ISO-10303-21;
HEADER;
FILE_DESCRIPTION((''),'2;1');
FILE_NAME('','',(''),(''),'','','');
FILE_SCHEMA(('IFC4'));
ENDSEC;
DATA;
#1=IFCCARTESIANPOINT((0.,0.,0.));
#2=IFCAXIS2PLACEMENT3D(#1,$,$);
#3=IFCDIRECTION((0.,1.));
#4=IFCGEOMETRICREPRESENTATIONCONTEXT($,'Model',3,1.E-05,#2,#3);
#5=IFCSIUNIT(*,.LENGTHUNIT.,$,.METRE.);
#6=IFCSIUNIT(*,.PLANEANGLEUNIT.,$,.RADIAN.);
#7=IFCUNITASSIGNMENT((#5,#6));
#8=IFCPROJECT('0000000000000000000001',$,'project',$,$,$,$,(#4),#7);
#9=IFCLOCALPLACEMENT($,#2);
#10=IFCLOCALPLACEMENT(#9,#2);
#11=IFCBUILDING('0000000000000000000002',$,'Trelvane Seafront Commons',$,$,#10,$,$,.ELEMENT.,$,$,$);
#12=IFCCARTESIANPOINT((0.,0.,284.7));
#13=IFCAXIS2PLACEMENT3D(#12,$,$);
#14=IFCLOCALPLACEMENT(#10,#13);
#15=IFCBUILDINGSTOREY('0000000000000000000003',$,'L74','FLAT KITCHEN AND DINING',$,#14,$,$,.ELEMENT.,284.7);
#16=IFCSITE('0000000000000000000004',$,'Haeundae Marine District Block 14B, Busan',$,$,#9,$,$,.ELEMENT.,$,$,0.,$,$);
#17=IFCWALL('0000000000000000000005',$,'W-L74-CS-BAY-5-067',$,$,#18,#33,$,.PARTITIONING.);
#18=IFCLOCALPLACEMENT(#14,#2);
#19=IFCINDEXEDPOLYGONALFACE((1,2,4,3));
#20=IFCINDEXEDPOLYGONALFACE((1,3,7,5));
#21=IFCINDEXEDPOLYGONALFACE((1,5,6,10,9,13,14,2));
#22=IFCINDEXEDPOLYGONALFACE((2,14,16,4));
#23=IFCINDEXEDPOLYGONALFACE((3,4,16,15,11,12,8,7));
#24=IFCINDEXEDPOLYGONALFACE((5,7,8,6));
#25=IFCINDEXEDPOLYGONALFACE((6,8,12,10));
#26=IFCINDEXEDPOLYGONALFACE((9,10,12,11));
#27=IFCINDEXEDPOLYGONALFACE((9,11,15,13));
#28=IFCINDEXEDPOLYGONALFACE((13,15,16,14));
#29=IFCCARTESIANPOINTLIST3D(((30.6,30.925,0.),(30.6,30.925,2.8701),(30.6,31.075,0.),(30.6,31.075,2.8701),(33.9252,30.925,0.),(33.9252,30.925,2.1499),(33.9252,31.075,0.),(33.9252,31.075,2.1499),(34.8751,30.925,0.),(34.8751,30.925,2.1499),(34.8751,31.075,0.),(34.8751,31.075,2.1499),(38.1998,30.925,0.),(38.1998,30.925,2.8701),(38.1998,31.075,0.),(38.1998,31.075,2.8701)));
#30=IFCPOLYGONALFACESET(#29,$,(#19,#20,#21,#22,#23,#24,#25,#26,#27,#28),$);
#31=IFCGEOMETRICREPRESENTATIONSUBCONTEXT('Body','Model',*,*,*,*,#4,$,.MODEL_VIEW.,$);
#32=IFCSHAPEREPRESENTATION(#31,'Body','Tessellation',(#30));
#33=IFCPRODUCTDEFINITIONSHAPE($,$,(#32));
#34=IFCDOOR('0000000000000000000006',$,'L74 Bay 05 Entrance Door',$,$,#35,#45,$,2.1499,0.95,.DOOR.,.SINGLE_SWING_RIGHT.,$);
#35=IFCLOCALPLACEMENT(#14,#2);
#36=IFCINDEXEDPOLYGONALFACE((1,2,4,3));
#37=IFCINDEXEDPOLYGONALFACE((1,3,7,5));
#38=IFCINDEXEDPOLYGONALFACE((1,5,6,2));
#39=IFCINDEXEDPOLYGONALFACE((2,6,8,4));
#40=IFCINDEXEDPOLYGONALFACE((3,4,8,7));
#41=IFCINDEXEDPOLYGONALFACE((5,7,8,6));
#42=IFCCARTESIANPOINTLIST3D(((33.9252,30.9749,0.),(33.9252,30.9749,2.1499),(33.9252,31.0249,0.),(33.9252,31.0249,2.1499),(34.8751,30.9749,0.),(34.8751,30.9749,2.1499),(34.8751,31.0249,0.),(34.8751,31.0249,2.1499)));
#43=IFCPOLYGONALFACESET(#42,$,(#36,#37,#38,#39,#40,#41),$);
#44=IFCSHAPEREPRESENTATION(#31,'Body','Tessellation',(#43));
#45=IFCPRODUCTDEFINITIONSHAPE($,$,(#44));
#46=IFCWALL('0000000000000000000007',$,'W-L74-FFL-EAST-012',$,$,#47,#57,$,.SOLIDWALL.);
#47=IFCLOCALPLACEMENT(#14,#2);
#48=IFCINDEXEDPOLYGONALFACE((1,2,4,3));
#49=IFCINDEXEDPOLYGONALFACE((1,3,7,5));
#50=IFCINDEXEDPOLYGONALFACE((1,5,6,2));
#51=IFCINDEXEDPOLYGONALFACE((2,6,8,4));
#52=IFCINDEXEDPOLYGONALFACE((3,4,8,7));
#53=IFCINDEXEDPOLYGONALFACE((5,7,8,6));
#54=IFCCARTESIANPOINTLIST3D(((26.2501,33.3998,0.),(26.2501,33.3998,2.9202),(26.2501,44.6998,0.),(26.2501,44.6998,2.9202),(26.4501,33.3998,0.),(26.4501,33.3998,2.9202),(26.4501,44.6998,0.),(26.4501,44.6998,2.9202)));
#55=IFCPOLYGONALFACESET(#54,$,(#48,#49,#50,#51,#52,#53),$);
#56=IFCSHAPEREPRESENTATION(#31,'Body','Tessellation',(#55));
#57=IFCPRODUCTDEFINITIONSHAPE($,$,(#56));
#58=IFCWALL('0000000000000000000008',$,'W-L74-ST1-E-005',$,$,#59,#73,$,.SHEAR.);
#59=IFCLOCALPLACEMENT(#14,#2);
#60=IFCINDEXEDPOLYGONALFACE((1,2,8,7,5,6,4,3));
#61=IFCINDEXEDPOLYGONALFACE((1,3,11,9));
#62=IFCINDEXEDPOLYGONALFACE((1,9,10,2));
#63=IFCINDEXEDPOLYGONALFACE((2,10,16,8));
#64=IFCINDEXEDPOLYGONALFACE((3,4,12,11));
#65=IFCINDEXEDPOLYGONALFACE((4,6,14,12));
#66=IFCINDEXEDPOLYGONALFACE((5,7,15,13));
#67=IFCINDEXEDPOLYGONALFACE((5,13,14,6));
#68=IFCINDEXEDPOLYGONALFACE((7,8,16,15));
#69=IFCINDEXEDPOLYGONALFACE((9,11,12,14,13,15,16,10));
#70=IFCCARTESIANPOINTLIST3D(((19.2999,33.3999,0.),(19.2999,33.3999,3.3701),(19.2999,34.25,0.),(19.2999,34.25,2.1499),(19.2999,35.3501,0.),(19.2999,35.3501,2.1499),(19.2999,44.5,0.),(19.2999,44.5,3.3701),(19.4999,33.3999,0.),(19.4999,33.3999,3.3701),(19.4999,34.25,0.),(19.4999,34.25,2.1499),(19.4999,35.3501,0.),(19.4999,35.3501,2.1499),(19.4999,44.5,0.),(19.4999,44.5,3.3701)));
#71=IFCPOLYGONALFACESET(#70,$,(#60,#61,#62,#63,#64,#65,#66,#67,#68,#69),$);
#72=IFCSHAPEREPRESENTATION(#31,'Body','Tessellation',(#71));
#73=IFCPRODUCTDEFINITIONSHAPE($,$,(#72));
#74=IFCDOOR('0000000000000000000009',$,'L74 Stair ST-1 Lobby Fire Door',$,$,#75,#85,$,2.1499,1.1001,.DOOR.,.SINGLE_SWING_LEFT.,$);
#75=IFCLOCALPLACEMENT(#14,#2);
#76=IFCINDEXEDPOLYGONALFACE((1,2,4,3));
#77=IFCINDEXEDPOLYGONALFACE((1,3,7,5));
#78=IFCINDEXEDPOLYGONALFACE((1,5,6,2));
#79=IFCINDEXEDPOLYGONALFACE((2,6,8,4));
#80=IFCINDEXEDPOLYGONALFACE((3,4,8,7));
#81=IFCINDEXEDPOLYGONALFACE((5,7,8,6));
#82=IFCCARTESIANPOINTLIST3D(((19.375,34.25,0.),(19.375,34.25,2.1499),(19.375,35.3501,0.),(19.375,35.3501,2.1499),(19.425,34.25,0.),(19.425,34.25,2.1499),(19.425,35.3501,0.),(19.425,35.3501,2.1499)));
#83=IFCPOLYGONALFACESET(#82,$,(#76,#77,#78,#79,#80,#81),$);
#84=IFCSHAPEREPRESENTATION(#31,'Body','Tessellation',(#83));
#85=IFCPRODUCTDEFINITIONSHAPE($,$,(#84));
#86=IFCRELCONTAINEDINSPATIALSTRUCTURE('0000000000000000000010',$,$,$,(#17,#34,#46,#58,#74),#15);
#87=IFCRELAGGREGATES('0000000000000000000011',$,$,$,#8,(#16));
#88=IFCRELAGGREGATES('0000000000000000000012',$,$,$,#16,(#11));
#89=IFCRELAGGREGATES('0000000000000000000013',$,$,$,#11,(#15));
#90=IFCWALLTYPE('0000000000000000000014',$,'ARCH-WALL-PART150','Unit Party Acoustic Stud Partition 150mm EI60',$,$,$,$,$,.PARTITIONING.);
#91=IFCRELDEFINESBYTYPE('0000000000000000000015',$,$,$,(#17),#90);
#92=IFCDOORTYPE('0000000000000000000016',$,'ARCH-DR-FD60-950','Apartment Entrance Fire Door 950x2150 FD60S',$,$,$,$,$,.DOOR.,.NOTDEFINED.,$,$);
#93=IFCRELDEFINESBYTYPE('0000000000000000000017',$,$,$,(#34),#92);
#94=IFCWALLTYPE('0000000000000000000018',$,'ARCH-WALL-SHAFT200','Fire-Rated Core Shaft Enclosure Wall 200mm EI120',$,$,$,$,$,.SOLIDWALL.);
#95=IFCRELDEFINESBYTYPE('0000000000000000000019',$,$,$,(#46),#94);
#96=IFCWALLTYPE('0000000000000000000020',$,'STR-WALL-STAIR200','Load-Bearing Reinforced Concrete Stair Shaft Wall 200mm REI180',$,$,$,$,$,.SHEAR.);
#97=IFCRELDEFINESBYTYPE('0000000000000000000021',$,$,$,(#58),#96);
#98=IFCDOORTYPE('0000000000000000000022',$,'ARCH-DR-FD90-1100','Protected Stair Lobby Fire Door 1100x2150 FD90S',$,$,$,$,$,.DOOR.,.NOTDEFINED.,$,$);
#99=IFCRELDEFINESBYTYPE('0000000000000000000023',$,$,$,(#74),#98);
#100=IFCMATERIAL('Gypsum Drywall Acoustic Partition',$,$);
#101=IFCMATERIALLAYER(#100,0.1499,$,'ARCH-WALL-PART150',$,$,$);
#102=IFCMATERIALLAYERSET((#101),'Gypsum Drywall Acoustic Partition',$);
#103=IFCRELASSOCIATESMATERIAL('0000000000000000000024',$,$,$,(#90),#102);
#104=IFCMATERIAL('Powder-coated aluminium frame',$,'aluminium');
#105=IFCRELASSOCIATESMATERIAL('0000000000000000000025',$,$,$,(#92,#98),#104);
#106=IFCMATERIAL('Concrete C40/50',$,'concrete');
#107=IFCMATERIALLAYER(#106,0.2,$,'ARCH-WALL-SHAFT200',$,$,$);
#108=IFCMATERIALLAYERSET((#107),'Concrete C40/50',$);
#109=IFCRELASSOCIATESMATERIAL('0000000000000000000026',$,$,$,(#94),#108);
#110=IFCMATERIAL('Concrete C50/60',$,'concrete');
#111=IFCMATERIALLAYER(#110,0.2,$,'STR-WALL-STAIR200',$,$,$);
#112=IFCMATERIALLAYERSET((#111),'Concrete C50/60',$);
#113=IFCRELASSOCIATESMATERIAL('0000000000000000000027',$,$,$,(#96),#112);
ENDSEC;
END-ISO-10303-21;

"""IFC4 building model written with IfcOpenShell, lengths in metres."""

from ifc_helpers import new_model, si_unit, direction, frame, frame_2d, origin, place, context, subcontext, project, spatial, rectangle, extrude, source, transform, mapped, material, layer, layer_set, type_object, element, fill, save


model = new_model("IFC4")

# Units and contexts
model_context = context("Model", 3, precision=1e-05, world=origin(), true_north=direction((0.0, 1.0)))
body_context = subcontext(model_context, "Body", "Model", "MODEL_VIEW")
ifc_project = project(units=[si_unit("LENGTHUNIT", "METRE"), si_unit("PLANEANGLEUNIT", "RADIAN")], contexts=[model_context])

# Site, building, storey
site_placement = place(None, origin())
site = spatial("IfcSite", under=ifc_project, at=site_placement, Name="Haeundae Marine District Block 14B, Busan", CompositionType="ELEMENT", RefElevation=0.0)
building_placement = place(site_placement, origin())
building = spatial("IfcBuilding", under=site, at=building_placement, Name="Trelvane Seafront Commons", CompositionType="ELEMENT")
storey_placement = place(building_placement, frame((0.0, 0.0, 284.7)))
storey = spatial("IfcBuildingStorey", under=building, at=storey_placement, Name="L74", Description="FLAT KITCHEN AND DINING", CompositionType="ELEMENT", Elevation=284.7)

# Shared definitions
ifc_material_1 = material(Name="Concrete C50/60", Category="concrete")

# Wall, opening, door
ifc_material_2 = material(Name="Concrete C40/50", Category="concrete")
ifc_material_3 = material(Name="Powder-coated aluminium frame", Category="aluminium")
shared_shape_1 = source(origin(), body_context, "Body", "SweptSolid", [
    extrude(rectangle(XDim=0.95, YDim=2.1499, at=frame_2d((0.4751, 1.075))), frame((0.0, 0.0249, 0.0), z_axis=(0.0, -1.0, 0.0), x_axis=(1.0, 0.0, 0.0)), (0.0, 0.0, 1.0), 0.05),
])
ifc_material_4 = material(Name="Gypsum Drywall Acoustic Partition")
ifc_layer_1 = layer(ifc_material_4, 0.1499, Name="ARCH-WALL-PART150")
ifc_layer_set_1 = layer_set([ifc_layer_1], Name="Gypsum Drywall Acoustic Partition")
wall_type_1 = type_object("IfcWallType", Name="ARCH-WALL-PART150", Description="Unit Party Acoustic Stud Partition 150mm EI60", PredefinedType="PARTITIONING", material=ifc_layer_set_1)
door_type_1 = type_object("IfcDoorType", Name="ARCH-DR-FD60-950", Description="Apartment Entrance Fire Door 950x2150 FD60S", OperationType="NOTDEFINED", PredefinedType="DOOR", material=ifc_material_3)
wall_1_placement = place(storey_placement, frame((30.6001, 31.0, 0.0), z_axis=(0.0, 0.0, 1.0), x_axis=(1.0, 0.0, 0.0)))
wall_1 = element("IfcWall", 1, at=wall_1_placement, inside=storey, type_object=wall_type_1, Name="W-L74-CS-BAY-5-067", PredefinedType="PARTITIONING", context=body_context, shape_type="SweptSolid", body=[
    extrude(rectangle(XDim=7.5999, YDim=0.1499, at=frame_2d((3.7998, 0.0))), origin(), (0.0, 0.0, 1.0), 2.8701),
])
opening_1_placement = place(wall_1_placement, frame((3.325, 0.0, 0.0)))
opening_1 = element("IfcOpeningElement", 2, at=opening_1_placement, cuts=wall_1, PredefinedType="OPENING", context=body_context, shape_type="SweptSolid", body=[
    extrude(rectangle(XDim=0.95, YDim=2.1499, at=frame_2d((0.4751, 1.075))), frame((0.0, 0.085, 0.0), z_axis=(0.0, -1.0, 0.0), x_axis=(1.0, 0.0, 0.0)), (0.0, 0.0, 1.0), 0.1699),
])
door_1_placement = place(opening_1_placement, origin())
door_1 = element("IfcDoor", 3, at=door_1_placement, inside=storey, type_object=door_type_1, Name="L74 Bay 05 Entrance Door", OperationType="SINGLE_SWING_RIGHT", OverallHeight=2.1499, OverallWidth=0.95, PredefinedType="DOOR", context=body_context, shape_type="MappedRepresentation", body=[
    mapped(shared_shape_1, transform((0.0, 0.0, 0.0), x_axis=(1.0, 0.0, 0.0), y_axis=(0.0, 1.0, 0.0), z_axis=(0.0, 0.0, 1.0), scale=1.0)),
])
fill(opening_1, door_1)

# Wall
ifc_layer_2 = layer(ifc_material_2, 0.2, Name="ARCH-WALL-SHAFT200")
ifc_layer_set_2 = layer_set([ifc_layer_2], Name="Concrete C40/50")
wall_type_2 = type_object("IfcWallType", Name="ARCH-WALL-SHAFT200", Description="Fire-Rated Core Shaft Enclosure Wall 200mm EI120", PredefinedType="SOLIDWALL", material=ifc_layer_set_2)
wall_2_placement = place(storey_placement, frame((26.3501, 33.3999, 0.0), z_axis=(0.0, 0.0, 1.0), x_axis=(0.0, 1.0, 0.0)))
element("IfcWall", 4, at=wall_2_placement, inside=storey, type_object=wall_type_2, Name="W-L74-FFL-EAST-012", PredefinedType="SOLIDWALL", context=body_context, shape_type="SweptSolid", body=[
    extrude(rectangle(XDim=11.3, YDim=0.2, at=frame_2d((5.6499, 0.0))), origin(), (0.0, 0.0, 1.0), 2.9202),
])

# Wall, opening, door
ifc_layer_3 = layer(ifc_material_1, 0.2, Name="STR-WALL-STAIR200")
ifc_layer_set_3 = layer_set([ifc_layer_3], Name="Concrete C50/60")
wall_type_3 = type_object("IfcWallType", Name="STR-WALL-STAIR200", Description="Load-Bearing Reinforced Concrete Stair Shaft Wall 200mm REI180", PredefinedType="SHEAR", material=ifc_layer_set_3)
wall_3_placement = place(storey_placement, frame((19.3999, 33.3999, 0.0), z_axis=(0.0, 0.0, 1.0), x_axis=(0.0, 1.0, 0.0)))
wall_3 = element("IfcWall", 5, at=wall_3_placement, inside=storey, type_object=wall_type_3, Name="W-L74-ST1-E-005", PredefinedType="SHEAR", context=body_context, shape_type="SweptSolid", body=[
    extrude(rectangle(XDim=11.1001, YDim=0.2, at=frame_2d((5.55, 0.0))), origin(), (0.0, 0.0, 1.0), 3.3701),
])
opening_2_placement = place(wall_3_placement, frame((0.8501, 0.0, 0.0)))
opening_2 = element("IfcOpeningElement", 6, at=opening_2_placement, cuts=wall_3, PredefinedType="OPENING", context=body_context, shape_type="SweptSolid", body=[
    extrude(rectangle(XDim=1.1001, YDim=2.1499, at=frame_2d((0.55, 1.075))), frame((0.0, 0.1099, 0.0), z_axis=(0.0, -1.0, 0.0), x_axis=(1.0, 0.0, 0.0)), (0.0, 0.0, 1.0), 0.22),
])
door_type_2 = type_object("IfcDoorType", Name="ARCH-DR-FD90-1100", Description="Protected Stair Lobby Fire Door 1100x2150 FD90S", OperationType="NOTDEFINED", PredefinedType="DOOR", material=ifc_material_3)
shared_shape_2 = source(origin(), body_context, "Body", "SweptSolid", [
    extrude(rectangle(XDim=1.1001, YDim=2.1499, at=frame_2d((0.55, 1.075))), frame((0.0, 0.0249, 0.0), z_axis=(0.0, -1.0, 0.0), x_axis=(1.0, 0.0, 0.0)), (0.0, 0.0, 1.0), 0.05),
])
door_2_placement = place(opening_2_placement, origin())
door_2 = element("IfcDoor", 7, at=door_2_placement, inside=storey, type_object=door_type_2, Name="L74 Stair ST-1 Lobby Fire Door", OperationType="SINGLE_SWING_LEFT", OverallHeight=2.1499, OverallWidth=1.1001, PredefinedType="DOOR", context=body_context, shape_type="MappedRepresentation", body=[
    mapped(shared_shape_2, transform((0.0, 0.0, 0.0), x_axis=(1.0, 0.0, 0.0), y_axis=(0.0, 1.0, 0.0), z_axis=(0.0, 0.0, 1.0), scale=1.0)),
])
fill(opening_2, door_2)

save(model, "model.ifc")
